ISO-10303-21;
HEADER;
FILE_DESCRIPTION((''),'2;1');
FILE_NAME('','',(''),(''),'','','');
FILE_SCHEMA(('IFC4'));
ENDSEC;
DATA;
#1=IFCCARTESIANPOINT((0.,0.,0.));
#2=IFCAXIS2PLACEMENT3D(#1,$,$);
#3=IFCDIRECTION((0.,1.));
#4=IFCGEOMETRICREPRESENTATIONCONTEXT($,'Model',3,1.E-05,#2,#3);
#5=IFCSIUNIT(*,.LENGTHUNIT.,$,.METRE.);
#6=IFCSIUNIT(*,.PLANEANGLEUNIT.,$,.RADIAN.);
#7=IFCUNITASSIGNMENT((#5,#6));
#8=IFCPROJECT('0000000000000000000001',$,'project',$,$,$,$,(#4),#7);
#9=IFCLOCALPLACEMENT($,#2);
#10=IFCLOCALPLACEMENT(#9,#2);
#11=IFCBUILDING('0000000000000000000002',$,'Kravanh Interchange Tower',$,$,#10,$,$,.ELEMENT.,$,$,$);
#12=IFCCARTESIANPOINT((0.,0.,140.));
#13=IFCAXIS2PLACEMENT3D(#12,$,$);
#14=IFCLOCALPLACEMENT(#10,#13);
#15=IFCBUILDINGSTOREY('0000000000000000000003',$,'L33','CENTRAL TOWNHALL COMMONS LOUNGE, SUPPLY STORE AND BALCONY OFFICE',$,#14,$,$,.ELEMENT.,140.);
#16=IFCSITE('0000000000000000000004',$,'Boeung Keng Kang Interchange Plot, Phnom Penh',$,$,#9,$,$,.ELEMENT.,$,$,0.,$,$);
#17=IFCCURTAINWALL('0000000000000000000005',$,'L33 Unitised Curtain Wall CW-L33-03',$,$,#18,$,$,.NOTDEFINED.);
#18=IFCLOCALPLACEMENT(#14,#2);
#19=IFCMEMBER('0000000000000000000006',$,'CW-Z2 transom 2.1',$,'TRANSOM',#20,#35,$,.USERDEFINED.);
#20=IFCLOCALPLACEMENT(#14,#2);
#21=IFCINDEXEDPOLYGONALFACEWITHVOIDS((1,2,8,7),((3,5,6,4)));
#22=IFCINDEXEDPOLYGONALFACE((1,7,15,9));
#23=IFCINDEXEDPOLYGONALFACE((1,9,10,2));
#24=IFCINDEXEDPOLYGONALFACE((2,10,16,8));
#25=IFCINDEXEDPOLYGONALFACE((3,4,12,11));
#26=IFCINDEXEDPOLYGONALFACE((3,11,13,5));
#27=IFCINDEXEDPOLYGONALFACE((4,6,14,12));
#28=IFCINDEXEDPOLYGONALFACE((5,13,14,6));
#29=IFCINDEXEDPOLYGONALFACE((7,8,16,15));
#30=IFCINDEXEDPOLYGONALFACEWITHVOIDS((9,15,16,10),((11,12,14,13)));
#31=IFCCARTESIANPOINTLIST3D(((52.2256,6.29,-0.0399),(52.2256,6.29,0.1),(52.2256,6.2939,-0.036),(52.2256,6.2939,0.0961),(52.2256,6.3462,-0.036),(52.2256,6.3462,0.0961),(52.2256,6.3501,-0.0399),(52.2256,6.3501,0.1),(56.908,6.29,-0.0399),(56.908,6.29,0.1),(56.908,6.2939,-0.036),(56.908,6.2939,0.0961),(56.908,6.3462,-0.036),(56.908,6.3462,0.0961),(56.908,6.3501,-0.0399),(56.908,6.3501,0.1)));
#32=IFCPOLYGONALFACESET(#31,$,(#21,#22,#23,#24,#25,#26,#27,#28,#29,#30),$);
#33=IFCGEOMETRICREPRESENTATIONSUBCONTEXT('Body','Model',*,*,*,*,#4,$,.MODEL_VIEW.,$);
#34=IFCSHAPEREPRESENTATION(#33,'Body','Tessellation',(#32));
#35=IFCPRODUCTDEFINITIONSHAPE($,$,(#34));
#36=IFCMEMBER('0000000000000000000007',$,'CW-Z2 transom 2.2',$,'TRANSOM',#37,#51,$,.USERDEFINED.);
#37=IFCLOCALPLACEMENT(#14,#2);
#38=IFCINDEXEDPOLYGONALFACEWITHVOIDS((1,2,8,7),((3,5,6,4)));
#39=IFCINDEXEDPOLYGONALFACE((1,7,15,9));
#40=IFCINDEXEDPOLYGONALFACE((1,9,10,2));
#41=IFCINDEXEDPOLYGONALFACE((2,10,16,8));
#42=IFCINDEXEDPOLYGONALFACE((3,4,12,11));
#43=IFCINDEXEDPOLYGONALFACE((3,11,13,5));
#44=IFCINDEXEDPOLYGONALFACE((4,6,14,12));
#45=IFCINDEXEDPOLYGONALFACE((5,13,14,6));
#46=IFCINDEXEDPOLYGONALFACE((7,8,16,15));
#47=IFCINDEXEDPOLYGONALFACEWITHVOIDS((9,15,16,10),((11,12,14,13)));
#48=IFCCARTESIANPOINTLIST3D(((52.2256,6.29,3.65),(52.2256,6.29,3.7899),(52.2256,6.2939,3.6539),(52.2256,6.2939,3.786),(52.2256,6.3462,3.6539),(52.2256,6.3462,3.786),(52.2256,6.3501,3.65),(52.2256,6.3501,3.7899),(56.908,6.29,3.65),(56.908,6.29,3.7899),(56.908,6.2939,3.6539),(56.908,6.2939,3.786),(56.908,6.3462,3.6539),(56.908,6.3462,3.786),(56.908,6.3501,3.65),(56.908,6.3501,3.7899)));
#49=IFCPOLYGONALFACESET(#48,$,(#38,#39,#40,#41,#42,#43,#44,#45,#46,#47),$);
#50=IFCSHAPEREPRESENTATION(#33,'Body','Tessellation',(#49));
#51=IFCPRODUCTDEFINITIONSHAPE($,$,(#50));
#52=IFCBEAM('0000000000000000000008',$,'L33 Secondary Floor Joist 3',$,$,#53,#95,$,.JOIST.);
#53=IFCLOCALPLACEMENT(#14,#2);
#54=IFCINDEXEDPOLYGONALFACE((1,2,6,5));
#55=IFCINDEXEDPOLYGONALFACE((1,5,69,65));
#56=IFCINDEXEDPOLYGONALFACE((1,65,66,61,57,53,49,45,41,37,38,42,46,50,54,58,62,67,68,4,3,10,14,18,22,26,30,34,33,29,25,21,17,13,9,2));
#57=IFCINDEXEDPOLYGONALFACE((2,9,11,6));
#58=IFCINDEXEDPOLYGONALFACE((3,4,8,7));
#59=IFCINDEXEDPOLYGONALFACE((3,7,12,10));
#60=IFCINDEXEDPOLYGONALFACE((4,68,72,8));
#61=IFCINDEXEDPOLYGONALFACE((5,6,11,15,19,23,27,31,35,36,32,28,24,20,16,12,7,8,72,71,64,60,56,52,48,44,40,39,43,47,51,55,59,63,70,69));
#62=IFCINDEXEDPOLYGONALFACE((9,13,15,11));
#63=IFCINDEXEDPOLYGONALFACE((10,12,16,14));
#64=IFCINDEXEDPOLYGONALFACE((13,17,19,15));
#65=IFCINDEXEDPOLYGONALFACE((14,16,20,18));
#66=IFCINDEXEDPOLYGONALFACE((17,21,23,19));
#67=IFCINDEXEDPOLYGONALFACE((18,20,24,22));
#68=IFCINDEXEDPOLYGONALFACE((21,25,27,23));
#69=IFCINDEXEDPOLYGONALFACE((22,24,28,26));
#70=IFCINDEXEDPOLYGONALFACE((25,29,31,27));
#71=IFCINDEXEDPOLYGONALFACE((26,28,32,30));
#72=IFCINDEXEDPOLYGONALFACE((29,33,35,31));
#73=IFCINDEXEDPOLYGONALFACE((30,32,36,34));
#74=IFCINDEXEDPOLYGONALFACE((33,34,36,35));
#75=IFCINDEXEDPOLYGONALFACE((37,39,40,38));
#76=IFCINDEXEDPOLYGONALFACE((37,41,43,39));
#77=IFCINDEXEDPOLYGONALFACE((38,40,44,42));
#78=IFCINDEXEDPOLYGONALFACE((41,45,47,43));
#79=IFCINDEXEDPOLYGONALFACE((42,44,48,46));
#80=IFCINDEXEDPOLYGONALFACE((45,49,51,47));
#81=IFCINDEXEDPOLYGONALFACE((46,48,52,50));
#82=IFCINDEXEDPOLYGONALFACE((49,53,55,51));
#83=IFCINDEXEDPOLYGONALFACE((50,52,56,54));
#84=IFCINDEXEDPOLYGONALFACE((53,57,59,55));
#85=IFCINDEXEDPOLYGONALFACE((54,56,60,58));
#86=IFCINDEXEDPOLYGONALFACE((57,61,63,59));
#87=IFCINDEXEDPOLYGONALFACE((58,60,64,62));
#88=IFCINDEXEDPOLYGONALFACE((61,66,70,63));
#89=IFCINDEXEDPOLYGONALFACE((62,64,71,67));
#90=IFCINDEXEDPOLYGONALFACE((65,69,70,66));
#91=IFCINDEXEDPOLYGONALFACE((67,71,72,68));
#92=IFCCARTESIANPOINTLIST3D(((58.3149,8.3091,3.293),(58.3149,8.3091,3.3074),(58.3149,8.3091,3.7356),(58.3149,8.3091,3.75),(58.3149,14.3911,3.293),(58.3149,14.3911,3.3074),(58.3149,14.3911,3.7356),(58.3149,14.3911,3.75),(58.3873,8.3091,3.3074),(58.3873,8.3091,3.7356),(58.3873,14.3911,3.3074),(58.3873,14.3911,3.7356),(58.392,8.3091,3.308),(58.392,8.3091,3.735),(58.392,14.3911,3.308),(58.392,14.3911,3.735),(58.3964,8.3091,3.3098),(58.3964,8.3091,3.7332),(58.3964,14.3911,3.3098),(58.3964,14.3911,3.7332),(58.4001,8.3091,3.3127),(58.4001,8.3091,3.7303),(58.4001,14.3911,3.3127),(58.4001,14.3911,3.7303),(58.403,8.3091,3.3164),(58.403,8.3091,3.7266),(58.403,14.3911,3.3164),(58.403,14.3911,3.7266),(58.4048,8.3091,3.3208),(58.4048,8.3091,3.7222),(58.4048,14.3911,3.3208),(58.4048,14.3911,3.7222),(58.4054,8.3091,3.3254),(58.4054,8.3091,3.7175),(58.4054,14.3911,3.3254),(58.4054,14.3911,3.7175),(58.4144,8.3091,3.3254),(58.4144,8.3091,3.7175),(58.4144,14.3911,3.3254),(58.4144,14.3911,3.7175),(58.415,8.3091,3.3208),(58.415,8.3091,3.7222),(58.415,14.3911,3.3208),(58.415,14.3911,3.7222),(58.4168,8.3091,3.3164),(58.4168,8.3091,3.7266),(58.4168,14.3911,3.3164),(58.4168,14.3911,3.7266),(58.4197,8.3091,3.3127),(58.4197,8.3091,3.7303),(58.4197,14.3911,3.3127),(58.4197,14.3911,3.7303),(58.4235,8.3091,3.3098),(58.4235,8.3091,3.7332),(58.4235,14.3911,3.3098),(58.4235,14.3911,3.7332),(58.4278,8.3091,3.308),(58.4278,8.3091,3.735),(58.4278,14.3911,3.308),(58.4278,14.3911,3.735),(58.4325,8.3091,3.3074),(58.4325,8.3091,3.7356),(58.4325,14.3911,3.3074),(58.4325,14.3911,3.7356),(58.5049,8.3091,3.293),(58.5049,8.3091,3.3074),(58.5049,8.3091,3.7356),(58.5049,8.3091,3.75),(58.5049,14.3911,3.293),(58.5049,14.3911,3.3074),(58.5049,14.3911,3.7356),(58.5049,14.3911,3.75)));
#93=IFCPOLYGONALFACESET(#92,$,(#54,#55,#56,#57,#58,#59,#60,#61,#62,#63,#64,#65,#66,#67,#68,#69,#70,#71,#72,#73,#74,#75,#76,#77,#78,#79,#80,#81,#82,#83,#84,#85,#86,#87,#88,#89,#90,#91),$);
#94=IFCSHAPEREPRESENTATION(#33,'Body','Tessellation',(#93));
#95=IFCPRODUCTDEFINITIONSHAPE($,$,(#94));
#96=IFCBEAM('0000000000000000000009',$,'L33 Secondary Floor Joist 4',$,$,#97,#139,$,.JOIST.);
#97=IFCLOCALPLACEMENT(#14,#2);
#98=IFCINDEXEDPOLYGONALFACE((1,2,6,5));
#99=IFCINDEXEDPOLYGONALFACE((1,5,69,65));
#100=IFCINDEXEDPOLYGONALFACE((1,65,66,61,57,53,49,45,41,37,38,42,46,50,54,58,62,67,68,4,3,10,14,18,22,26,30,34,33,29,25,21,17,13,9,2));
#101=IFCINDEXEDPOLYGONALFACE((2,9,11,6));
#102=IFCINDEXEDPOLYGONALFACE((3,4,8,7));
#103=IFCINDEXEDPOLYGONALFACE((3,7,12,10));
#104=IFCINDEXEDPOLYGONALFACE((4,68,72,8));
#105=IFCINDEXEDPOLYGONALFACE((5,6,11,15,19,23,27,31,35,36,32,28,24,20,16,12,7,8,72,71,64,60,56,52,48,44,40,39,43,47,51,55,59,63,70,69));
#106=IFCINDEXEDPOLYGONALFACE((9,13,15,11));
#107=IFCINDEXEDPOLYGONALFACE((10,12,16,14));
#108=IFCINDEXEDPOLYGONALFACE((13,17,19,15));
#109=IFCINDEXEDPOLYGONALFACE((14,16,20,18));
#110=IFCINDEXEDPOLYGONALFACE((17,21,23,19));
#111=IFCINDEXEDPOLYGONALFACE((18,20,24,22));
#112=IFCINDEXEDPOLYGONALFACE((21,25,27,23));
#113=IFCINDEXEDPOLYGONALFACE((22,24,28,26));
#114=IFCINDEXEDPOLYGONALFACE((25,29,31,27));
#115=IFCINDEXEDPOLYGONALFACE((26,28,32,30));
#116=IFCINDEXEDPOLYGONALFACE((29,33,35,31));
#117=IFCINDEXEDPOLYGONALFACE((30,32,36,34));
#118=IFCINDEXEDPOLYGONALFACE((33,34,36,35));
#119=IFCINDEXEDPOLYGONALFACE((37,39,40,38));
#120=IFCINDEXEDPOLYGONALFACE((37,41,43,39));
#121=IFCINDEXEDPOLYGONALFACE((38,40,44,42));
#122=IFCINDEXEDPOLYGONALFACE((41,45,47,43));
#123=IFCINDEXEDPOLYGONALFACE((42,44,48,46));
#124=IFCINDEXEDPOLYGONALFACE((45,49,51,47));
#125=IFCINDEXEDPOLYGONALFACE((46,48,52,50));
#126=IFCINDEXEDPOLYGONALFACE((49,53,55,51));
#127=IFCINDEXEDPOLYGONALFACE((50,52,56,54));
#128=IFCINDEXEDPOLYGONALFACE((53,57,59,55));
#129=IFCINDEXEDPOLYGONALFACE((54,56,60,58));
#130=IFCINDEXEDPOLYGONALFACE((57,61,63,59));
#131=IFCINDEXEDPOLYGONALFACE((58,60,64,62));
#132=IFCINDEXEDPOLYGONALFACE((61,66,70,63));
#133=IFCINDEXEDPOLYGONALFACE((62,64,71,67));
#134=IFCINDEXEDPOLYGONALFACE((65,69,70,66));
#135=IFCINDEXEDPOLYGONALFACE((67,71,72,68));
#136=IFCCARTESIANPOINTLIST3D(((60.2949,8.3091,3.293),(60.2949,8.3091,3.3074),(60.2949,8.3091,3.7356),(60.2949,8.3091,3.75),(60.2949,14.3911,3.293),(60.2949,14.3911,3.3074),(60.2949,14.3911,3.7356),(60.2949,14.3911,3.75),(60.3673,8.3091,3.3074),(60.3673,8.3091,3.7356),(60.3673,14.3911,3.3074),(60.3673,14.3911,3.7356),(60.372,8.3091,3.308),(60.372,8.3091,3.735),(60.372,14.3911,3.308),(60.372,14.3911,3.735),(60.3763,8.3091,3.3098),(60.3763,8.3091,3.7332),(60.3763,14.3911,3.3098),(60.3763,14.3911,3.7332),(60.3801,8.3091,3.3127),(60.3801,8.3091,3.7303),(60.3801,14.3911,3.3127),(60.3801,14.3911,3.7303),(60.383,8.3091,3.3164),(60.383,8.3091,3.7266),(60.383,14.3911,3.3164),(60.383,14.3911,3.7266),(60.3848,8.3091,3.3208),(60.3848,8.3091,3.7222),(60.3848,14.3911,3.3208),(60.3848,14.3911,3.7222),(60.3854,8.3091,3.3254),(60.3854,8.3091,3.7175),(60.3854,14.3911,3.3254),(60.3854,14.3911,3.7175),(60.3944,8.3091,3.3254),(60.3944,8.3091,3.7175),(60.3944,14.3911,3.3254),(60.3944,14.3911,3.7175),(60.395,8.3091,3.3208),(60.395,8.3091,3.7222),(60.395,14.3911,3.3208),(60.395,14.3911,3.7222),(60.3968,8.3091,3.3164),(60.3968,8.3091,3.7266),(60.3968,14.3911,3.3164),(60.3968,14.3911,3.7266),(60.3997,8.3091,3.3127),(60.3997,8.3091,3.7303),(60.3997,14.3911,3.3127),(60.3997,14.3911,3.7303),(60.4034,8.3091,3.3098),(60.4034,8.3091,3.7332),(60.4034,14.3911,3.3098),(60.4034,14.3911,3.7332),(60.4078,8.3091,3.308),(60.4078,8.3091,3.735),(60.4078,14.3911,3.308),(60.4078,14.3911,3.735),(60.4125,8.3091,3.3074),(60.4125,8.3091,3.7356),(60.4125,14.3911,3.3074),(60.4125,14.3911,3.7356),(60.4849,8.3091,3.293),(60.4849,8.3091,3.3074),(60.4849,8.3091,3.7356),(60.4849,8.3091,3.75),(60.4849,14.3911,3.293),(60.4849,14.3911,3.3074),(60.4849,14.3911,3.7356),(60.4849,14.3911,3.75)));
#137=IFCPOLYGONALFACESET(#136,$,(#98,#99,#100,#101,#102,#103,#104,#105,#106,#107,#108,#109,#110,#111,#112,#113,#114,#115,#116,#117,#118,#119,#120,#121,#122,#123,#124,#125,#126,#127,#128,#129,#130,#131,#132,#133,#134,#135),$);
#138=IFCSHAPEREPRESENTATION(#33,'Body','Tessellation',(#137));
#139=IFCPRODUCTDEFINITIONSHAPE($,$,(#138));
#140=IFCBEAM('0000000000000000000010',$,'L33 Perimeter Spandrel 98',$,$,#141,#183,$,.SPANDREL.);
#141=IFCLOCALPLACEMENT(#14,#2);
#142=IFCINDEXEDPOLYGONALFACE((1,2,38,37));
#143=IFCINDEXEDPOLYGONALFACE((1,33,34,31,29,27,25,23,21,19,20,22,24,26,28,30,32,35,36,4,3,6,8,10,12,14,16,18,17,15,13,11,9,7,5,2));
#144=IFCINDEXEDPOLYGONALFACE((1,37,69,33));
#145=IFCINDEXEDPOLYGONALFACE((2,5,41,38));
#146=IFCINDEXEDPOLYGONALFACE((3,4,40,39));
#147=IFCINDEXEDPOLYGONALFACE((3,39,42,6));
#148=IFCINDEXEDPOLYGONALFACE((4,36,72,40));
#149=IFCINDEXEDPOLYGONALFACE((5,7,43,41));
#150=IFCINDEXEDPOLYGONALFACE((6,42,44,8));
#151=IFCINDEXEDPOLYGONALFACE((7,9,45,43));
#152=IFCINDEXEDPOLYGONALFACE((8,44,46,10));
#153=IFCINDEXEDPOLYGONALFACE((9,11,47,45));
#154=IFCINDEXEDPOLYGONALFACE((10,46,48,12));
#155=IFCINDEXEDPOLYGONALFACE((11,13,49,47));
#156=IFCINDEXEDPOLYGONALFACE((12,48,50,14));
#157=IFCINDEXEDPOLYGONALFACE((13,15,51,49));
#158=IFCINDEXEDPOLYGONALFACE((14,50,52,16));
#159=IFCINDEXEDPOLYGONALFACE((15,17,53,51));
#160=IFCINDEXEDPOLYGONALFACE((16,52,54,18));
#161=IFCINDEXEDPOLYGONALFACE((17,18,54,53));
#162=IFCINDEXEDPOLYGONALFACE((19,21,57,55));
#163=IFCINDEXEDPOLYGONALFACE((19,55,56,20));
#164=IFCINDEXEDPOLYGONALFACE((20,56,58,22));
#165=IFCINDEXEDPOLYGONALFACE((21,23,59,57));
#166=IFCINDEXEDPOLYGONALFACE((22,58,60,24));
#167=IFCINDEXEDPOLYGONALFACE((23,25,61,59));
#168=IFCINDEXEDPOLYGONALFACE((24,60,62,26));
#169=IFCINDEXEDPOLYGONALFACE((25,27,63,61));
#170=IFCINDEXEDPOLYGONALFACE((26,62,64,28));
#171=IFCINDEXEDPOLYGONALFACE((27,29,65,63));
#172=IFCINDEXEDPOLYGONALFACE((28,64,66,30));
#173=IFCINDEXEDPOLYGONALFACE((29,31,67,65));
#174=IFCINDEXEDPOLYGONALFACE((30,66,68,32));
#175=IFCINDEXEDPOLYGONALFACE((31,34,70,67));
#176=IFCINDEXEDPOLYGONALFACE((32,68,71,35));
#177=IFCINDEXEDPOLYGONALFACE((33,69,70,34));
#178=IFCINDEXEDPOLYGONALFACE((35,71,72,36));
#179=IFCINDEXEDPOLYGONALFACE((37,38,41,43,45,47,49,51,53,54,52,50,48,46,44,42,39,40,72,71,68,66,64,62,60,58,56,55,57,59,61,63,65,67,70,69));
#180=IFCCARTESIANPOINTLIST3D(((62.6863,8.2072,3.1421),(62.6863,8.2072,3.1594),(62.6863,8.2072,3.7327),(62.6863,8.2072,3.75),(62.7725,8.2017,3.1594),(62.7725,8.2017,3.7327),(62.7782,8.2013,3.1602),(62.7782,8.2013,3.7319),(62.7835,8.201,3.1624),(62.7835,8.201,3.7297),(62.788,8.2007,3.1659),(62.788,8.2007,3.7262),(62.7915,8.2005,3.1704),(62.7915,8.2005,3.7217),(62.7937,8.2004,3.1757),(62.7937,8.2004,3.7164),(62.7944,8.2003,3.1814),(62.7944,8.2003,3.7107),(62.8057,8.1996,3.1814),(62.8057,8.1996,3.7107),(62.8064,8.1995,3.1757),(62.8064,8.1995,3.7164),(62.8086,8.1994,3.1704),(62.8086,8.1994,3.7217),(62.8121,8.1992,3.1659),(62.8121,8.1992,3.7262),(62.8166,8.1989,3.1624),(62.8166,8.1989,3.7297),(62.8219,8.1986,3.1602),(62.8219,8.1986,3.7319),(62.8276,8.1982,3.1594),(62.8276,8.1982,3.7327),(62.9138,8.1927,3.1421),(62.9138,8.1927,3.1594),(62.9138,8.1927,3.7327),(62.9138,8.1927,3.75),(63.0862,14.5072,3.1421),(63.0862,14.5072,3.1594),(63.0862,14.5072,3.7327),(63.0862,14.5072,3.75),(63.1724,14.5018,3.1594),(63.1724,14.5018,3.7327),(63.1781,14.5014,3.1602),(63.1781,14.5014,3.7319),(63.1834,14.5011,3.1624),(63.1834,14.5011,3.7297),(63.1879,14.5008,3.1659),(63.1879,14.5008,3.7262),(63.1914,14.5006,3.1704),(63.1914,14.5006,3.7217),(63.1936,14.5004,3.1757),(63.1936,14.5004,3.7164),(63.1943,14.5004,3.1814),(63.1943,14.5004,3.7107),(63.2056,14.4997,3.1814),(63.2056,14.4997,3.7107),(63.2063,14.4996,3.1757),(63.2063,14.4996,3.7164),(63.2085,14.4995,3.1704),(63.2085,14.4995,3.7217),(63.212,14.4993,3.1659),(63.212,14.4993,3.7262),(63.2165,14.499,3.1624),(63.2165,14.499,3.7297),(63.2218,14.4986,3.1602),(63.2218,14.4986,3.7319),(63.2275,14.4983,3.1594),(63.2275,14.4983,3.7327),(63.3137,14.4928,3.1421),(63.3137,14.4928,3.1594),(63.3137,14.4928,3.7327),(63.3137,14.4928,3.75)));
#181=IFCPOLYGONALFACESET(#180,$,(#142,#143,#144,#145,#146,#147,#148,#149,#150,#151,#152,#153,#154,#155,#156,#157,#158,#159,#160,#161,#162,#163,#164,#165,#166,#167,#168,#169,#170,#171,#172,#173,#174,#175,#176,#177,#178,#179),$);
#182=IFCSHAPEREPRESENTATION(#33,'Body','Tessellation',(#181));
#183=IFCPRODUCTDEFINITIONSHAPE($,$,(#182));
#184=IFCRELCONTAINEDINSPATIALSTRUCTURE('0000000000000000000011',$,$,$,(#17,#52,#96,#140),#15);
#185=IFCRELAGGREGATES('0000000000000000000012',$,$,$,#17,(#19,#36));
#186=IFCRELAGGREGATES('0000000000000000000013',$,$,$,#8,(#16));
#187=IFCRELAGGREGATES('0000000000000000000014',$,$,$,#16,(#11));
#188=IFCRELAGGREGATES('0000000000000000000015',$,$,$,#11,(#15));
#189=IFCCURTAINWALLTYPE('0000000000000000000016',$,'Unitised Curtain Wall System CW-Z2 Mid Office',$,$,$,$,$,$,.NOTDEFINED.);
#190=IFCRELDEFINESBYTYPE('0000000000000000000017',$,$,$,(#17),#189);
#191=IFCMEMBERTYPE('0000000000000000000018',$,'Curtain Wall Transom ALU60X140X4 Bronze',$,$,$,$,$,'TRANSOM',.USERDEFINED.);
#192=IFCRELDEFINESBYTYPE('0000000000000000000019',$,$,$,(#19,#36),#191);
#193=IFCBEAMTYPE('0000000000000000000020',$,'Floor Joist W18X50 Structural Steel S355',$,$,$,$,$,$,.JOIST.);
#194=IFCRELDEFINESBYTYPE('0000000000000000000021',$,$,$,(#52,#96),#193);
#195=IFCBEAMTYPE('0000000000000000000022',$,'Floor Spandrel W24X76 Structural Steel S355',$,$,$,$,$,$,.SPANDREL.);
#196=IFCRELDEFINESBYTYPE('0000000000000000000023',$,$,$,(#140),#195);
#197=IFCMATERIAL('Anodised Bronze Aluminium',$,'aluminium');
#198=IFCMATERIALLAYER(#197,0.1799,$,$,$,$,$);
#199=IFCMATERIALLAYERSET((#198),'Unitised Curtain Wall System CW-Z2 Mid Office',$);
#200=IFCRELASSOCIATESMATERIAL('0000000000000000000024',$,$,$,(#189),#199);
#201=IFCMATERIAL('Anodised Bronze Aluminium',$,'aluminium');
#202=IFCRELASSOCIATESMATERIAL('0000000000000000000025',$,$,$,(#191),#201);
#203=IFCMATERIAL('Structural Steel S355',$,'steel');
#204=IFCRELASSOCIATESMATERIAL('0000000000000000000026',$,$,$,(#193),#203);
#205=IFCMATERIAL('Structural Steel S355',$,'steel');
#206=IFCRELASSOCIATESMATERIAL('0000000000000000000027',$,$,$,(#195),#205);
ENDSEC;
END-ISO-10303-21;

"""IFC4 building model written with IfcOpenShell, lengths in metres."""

from ifc_helpers import new_model, si_unit, direction, frame, origin, origin_2d, place, context, subcontext, project, spatial, hollow_rectangle, i_section, extrude, material, layer, layer_set, material_profile, profile_set, type_object, element, aggregate, save


model = new_model("IFC4")

# Units and contexts
model_context = context("Model", 3, precision=1e-05, world=origin(), true_north=direction((0.0, 1.0)))
body_context = subcontext(model_context, "Body", "Model", "MODEL_VIEW")
ifc_project = project(units=[si_unit("LENGTHUNIT", "METRE"), si_unit("PLANEANGLEUNIT", "RADIAN")], contexts=[model_context])

# Site, building, storey
site_placement = place(None, origin())
site = spatial("IfcSite", under=ifc_project, at=site_placement, Name="Boeung Keng Kang Interchange Plot, Phnom Penh", CompositionType="ELEMENT", RefElevation=0.0)
building_placement = place(site_placement, origin())
building = spatial("IfcBuilding", under=site, at=building_placement, Name="Kravanh Interchange Tower", CompositionType="ELEMENT")
storey_placement = place(building_placement, frame((0.0, 0.0, 140.0)))
storey = spatial("IfcBuildingStorey", under=building, at=storey_placement, Name="L33", Description="CENTRAL TOWNHALL COMMONS LOUNGE, SUPPLY STORE AND BALCONY OFFICE", CompositionType="ELEMENT", Elevation=140.0)

# Curtain wall
ifc_material_1 = material(Name="Anodised Bronze Aluminium", Category="aluminium")
ifc_layer_1 = layer(ifc_material_1, 0.1799)
ifc_layer_set_1 = layer_set([ifc_layer_1], Name="Unitised Curtain Wall System CW-Z2 Mid Office")
curtain_wall_type = type_object("IfcCurtainWallType", Name="Unitised Curtain Wall System CW-Z2 Mid Office", PredefinedType="NOTDEFINED", material=ifc_layer_set_1)
curtain_wall_1_placement = place(storey_placement, origin())
curtain_wall_1 = element("IfcCurtainWall", 1, at=curtain_wall_1_placement, inside=storey, type_object=curtain_wall_type, Name="L33 Unitised Curtain Wall CW-L33-03", PredefinedType="NOTDEFINED")

# Members
ifc_material_2 = material(Name="Anodised Bronze Aluminium", Category="aluminium")
ifc_material_profile_1 = material_profile(ifc_material_2, hollow_rectangle(XDim=0.0601, YDim=0.1399, WallThickness=0.0039, at=origin_2d()), Name="ALU60X140X4")
ifc_profile_set_1 = profile_set([ifc_material_profile_1], Name="Anodised Bronze Aluminium")
member_type_1 = type_object("IfcMemberType", Name="Curtain Wall Transom ALU60X140X4 Bronze", ElementType="TRANSOM", PredefinedType="USERDEFINED", material=ifc_profile_set_1)
member_1_placement = place(storey_placement, frame((56.908, 6.3201, 0.03), z_axis=(-1.0, 0.0, 0.0), x_axis=(0.0, -1.0, 0.0)))
member_1 = element("IfcMember", 2, at=member_1_placement, type_object=member_type_1, Name="CW-Z2 transom 2.1", ObjectType="TRANSOM", PredefinedType="USERDEFINED", context=body_context, shape_type="SweptSolid", body=[
    extrude(hollow_rectangle(XDim=0.0601, YDim=0.1399, WallThickness=0.0039, at=origin_2d()), origin(), (0.0, 0.0, 1.0), 4.6824),
])
member_2_placement = place(storey_placement, frame((56.908, 6.3201, 3.72), z_axis=(-1.0, 0.0, 0.0), x_axis=(0.0, -1.0, 0.0)))
member_2 = element("IfcMember", 3, at=member_2_placement, type_object=member_type_1, Name="CW-Z2 transom 2.2", ObjectType="TRANSOM", PredefinedType="USERDEFINED", context=body_context, shape_type="SweptSolid", body=[
    extrude(hollow_rectangle(XDim=0.0601, YDim=0.1399, WallThickness=0.0039, at=origin_2d()), origin(), (0.0, 0.0, 1.0), 4.6824),
])

# Beams
ifc_material_3 = material(Name="Structural Steel S355", Category="steel")
ifc_material_profile_2 = material_profile(ifc_material_3, i_section(OverallWidth=0.1899, OverallDepth=0.457, WebThickness=0.009, FlangeThickness=0.0144, FilletRadius=0.0181, at=origin_2d()), Name="W18X50")
ifc_profile_set_2 = profile_set([ifc_material_profile_2], Name="Structural Steel S355")
beam_type_1 = type_object("IfcBeamType", Name="Floor Joist W18X50 Structural Steel S355", PredefinedType="JOIST", material=ifc_profile_set_2)
for number, where, z_axis, x_axis, name in (
    (4, (58.4099, 8.3091, 3.5215), (0.0, 1.0, 0.0), (-1.0, 0.0, 0.0), "L33 Secondary Floor Joist 3"),
    (5, (60.3899, 8.3091, 3.5215), (0.0, 1.0, 0.0), (-1.0, 0.0, 0.0), "L33 Secondary Floor Joist 4"),
):
    element("IfcBeam", number, at=place(storey_placement, frame(where, z_axis=z_axis, x_axis=x_axis)), inside=storey, type_object=beam_type_1, Name=name, PredefinedType="JOIST", context=body_context, shape_type="SweptSolid", body=[
        extrude(i_section(OverallWidth=0.1899, OverallDepth=0.457, WebThickness=0.009, FlangeThickness=0.0144, FilletRadius=0.0181, at=origin_2d()), origin(), (0.0, 0.0, 1.0), 6.082),
    ])
ifc_material_4 = material(Name="Structural Steel S355", Category="steel")
ifc_material_profile_3 = material_profile(ifc_material_4, i_section(OverallWidth=0.228, OverallDepth=0.6079, WebThickness=0.0112, FlangeThickness=0.0173, FilletRadius=0.022, at=origin_2d()), Name="W24X76")
ifc_profile_set_3 = profile_set([ifc_material_profile_3], Name="Structural Steel S355")
beam_type_2 = type_object("IfcBeamType", Name="Floor Spandrel W24X76 Structural Steel S355", PredefinedType="SPANDREL", material=ifc_profile_set_3)
beam_1_placement = place(storey_placement, frame((62.8, 8.2, 3.446), z_axis=(0.063349, 0.997991, 0.0), x_axis=(-0.997991, 0.063349, 0.0)))
element("IfcBeam", 6, at=beam_1_placement, inside=storey, type_object=beam_type_2, Name="L33 Perimeter Spandrel 98", PredefinedType="SPANDREL", context=body_context, shape_type="SweptSolid", body=[
    extrude(i_section(OverallWidth=0.228, OverallDepth=0.6079, WebThickness=0.0112, FlangeThickness=0.0173, FilletRadius=0.022, at=origin_2d()), origin(), (0.0, 0.0, 1.0), 6.3127),
])

aggregate(curtain_wall_1, [member_1, member_2])

save(model, "model.ifc")
